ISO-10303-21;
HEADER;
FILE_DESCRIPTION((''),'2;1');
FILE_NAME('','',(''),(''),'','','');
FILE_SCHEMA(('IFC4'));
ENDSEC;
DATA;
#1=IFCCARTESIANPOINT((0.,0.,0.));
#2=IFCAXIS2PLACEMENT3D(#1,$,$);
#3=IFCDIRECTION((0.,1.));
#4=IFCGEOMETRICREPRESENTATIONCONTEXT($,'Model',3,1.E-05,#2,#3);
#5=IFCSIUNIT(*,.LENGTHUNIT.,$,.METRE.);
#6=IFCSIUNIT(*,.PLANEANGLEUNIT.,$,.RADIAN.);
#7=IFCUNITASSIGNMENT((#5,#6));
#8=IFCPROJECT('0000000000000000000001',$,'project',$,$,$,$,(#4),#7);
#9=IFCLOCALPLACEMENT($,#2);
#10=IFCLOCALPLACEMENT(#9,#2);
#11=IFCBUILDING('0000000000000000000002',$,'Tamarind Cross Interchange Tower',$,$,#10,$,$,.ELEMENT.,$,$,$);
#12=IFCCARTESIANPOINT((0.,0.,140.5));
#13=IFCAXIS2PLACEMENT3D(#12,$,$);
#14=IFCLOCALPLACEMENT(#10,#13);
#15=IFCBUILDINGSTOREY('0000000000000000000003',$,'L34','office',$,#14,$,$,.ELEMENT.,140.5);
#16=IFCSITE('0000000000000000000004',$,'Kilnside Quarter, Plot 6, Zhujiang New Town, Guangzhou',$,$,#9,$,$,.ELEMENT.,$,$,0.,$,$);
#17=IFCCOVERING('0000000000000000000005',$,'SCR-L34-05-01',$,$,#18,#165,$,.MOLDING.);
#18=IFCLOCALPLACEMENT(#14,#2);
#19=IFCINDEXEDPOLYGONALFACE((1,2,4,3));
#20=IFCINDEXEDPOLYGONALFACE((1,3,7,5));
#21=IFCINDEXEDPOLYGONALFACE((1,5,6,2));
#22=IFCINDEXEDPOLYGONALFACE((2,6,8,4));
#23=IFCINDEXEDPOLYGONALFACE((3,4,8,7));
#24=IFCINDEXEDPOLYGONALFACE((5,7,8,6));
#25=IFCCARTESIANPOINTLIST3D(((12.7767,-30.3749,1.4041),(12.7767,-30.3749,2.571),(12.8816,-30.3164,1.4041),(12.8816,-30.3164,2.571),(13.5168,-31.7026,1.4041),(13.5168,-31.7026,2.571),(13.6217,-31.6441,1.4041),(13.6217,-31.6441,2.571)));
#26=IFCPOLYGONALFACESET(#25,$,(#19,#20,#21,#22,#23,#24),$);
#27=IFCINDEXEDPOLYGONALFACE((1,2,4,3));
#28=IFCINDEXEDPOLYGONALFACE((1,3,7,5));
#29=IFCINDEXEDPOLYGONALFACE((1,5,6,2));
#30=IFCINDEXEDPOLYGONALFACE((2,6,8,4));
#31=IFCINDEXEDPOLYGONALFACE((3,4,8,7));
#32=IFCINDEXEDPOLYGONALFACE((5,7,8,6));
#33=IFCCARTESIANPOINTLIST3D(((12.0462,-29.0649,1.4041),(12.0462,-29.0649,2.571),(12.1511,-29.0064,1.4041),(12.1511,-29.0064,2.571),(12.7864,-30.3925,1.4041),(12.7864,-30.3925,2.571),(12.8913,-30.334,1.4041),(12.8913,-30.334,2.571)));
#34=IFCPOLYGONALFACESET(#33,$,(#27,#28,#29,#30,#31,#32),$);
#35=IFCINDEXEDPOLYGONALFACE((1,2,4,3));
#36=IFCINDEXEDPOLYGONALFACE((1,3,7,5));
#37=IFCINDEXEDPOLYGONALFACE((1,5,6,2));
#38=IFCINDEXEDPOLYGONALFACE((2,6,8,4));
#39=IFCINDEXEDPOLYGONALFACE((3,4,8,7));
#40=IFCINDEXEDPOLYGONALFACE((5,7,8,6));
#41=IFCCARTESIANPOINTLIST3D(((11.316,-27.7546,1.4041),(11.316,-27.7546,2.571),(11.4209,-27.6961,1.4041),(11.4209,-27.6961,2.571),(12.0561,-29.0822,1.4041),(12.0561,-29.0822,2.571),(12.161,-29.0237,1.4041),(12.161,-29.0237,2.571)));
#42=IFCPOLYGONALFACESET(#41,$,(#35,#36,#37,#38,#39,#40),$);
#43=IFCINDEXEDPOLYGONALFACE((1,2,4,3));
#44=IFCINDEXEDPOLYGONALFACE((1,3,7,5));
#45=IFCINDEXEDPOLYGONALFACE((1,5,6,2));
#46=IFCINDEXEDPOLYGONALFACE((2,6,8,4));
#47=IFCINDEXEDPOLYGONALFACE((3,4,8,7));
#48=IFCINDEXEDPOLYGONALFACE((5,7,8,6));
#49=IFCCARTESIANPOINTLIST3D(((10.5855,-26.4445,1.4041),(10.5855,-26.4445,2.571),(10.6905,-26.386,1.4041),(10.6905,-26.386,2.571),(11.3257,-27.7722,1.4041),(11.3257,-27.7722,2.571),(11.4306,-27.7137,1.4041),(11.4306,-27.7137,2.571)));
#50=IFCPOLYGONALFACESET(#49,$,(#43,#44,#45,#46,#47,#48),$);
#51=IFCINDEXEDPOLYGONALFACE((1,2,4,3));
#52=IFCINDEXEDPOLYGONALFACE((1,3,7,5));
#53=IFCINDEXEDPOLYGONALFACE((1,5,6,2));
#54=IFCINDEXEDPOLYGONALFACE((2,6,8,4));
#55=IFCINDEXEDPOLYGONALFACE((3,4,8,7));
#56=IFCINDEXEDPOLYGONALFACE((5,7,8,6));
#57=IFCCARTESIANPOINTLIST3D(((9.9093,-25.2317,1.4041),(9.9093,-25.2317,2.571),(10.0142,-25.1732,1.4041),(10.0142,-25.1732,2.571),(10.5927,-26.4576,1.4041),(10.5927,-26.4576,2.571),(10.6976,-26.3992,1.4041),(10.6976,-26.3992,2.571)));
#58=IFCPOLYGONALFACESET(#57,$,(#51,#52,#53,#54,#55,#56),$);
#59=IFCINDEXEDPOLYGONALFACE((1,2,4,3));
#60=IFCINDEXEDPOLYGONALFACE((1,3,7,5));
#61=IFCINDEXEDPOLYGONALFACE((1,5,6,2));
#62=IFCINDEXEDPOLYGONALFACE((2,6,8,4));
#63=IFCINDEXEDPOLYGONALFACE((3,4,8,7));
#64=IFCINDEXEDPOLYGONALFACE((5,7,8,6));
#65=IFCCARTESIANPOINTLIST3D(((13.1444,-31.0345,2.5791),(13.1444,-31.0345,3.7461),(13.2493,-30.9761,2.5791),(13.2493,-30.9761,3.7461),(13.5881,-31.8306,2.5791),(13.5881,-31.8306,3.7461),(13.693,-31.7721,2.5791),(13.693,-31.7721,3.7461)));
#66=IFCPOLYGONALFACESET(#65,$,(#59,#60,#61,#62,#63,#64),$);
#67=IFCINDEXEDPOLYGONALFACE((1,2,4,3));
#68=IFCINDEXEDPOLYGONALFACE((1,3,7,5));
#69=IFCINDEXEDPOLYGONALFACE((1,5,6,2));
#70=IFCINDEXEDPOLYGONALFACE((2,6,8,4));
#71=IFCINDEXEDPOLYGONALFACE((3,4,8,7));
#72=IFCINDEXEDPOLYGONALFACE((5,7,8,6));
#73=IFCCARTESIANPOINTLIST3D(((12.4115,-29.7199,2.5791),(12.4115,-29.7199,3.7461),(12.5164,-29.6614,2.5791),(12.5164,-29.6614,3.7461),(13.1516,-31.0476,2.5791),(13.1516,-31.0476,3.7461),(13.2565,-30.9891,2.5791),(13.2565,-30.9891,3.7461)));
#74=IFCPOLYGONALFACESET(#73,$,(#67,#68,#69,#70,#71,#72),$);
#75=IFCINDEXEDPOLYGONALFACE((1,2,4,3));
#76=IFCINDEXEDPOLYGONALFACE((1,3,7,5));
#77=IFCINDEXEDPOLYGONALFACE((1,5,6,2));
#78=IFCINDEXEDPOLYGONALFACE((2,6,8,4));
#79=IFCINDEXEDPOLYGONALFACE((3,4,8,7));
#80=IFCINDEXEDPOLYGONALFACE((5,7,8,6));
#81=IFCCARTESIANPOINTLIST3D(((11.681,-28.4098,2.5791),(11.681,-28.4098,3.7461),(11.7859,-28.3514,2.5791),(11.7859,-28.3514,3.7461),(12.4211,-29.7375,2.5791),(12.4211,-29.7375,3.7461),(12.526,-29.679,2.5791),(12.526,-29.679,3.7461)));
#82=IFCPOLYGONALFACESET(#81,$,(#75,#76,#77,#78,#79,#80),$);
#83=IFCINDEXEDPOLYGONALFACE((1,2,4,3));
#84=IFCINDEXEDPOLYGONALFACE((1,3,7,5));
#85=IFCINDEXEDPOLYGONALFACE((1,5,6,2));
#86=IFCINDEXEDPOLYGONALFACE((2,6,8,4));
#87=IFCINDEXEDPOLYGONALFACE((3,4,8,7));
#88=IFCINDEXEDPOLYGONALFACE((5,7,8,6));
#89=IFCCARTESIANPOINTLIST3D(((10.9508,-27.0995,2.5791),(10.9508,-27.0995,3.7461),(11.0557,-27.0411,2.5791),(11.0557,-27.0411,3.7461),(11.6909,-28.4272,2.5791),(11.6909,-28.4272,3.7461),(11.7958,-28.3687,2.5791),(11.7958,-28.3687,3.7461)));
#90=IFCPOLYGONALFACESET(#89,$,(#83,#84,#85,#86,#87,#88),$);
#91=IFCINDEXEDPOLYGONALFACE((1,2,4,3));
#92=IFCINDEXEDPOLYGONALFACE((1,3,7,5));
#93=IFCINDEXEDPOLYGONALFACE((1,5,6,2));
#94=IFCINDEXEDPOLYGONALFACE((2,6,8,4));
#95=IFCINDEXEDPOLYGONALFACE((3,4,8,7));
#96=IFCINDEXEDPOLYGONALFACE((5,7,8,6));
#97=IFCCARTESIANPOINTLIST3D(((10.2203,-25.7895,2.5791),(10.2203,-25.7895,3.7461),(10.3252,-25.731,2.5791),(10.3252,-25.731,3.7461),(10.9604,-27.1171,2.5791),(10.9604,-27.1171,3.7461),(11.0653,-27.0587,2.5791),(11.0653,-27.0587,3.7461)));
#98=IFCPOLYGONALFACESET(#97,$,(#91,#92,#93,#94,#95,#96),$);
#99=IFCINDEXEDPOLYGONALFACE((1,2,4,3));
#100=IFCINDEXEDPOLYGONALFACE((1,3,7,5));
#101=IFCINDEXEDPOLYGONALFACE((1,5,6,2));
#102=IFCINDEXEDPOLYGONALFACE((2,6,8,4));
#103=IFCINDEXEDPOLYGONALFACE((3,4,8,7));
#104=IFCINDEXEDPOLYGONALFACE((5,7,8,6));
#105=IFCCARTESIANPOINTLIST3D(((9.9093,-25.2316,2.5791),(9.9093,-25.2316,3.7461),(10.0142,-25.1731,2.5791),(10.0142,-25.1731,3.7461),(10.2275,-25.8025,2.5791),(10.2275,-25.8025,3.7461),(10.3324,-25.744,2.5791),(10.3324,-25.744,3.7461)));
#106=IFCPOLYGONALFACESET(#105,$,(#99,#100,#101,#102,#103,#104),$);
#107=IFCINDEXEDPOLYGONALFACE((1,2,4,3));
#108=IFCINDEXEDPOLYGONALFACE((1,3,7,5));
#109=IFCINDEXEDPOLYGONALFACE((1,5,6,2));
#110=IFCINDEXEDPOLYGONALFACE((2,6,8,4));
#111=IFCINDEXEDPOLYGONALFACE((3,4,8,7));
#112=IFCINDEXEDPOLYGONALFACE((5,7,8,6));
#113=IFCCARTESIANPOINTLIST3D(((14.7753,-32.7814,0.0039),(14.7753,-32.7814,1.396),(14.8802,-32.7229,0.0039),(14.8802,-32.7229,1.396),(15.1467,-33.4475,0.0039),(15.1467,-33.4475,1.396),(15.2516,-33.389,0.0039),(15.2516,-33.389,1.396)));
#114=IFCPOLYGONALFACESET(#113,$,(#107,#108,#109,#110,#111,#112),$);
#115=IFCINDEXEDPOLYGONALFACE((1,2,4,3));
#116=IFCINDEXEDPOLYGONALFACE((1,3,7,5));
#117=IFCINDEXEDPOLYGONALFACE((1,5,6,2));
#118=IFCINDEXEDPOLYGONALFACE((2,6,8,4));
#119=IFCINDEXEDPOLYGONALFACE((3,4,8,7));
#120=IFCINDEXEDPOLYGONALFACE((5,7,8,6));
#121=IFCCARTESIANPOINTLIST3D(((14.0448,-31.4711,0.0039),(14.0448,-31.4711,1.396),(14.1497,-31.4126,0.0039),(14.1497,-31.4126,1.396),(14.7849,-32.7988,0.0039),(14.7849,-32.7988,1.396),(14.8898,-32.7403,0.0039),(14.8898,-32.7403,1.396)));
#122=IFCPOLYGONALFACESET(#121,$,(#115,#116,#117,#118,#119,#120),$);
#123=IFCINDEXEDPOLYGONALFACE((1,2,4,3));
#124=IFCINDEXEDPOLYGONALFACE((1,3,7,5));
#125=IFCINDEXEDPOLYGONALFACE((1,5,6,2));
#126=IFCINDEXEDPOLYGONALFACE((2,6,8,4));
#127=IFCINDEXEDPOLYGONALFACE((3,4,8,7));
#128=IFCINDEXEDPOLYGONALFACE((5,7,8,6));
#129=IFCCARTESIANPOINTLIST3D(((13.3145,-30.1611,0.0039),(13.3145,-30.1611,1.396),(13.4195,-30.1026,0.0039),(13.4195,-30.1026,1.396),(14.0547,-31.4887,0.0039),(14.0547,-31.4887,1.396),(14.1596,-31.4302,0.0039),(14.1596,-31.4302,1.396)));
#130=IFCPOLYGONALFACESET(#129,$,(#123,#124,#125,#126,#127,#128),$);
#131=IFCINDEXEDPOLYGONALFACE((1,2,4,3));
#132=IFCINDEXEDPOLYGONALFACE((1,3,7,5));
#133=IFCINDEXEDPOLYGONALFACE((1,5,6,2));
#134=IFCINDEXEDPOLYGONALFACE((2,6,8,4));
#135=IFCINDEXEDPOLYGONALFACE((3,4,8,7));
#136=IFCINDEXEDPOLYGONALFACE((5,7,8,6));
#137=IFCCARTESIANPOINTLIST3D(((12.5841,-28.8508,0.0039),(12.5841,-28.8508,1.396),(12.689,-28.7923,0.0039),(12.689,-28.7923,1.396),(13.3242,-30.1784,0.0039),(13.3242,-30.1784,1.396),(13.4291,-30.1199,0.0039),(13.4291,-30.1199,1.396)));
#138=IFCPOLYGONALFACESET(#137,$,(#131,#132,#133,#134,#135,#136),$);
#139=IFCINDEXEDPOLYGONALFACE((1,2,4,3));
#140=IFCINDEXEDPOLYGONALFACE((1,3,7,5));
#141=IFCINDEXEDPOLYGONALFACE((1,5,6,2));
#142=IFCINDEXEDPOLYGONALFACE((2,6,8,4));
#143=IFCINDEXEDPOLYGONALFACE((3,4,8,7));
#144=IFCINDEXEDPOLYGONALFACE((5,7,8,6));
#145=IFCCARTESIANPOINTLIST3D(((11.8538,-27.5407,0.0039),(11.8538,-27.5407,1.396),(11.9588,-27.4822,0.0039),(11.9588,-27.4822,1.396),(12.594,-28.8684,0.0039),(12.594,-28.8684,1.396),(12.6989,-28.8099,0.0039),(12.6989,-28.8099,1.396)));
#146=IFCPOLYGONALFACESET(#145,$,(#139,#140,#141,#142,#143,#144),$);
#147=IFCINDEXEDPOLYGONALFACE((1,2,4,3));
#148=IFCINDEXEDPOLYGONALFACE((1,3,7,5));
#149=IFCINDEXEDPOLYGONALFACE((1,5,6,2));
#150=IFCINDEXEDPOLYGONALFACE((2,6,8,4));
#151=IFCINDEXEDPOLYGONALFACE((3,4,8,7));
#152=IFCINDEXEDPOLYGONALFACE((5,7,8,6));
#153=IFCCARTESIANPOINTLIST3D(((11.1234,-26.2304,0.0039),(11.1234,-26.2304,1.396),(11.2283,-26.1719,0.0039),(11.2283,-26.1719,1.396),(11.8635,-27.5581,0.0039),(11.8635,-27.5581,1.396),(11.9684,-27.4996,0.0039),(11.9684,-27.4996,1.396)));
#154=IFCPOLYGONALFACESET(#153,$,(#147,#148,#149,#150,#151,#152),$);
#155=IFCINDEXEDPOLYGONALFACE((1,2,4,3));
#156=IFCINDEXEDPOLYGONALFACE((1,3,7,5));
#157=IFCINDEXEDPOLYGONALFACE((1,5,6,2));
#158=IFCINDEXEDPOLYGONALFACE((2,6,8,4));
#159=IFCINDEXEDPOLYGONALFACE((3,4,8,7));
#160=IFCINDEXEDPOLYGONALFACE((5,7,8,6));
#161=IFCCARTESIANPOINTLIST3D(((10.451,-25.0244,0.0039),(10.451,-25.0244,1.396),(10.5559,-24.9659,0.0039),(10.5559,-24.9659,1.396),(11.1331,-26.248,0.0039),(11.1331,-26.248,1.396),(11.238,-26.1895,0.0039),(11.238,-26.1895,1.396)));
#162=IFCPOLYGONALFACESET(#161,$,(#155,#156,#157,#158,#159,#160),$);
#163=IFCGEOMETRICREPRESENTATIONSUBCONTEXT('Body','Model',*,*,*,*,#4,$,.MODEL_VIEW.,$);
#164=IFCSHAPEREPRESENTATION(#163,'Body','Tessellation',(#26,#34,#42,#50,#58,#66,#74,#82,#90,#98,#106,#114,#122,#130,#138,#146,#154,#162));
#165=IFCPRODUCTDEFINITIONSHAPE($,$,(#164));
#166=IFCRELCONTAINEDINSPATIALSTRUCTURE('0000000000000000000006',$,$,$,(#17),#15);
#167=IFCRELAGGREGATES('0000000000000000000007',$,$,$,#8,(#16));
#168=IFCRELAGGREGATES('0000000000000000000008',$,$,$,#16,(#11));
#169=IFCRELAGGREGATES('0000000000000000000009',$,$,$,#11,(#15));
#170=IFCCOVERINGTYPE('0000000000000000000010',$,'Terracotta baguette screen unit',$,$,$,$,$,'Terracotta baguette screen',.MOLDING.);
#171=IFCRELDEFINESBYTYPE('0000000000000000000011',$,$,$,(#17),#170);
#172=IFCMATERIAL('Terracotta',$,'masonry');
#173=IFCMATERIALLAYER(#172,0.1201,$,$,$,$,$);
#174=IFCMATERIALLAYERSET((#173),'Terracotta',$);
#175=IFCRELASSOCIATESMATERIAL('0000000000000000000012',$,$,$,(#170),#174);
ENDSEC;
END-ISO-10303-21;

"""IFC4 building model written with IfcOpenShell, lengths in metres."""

from ifc_helpers import new_model, si_unit, direction, frame, origin, origin_2d, place, context, subcontext, project, spatial, rectangle, extrude, material, layer, layer_set, type_object, element, save


model = new_model("IFC4")

# Units and contexts
model_context = context("Model", 3, precision=1e-05, world=origin(), true_north=direction((0.0, 1.0)))
body_context = subcontext(model_context, "Body", "Model", "MODEL_VIEW")
ifc_project = project(units=[si_unit("LENGTHUNIT", "METRE"), si_unit("PLANEANGLEUNIT", "RADIAN")], contexts=[model_context])

# Site, building, storey
site_placement = place(None, origin())
site = spatial("IfcSite", under=ifc_project, at=site_placement, Name="Kilnside Quarter, Plot 6, Zhujiang New Town, Guangzhou", CompositionType="ELEMENT", RefElevation=0.0)
building_placement = place(site_placement, origin())
building = spatial("IfcBuilding", under=site, at=building_placement, Name="Tamarind Cross Interchange Tower", CompositionType="ELEMENT")
storey_placement = place(building_placement, frame((0.0, 0.0, 140.5)))
storey = spatial("IfcBuildingStorey", under=building, at=storey_placement, Name="L34", Description="office", CompositionType="ELEMENT", Elevation=140.5)

# Covering
ifc_material_1 = material(Name="Terracotta", Category="masonry")
ifc_layer_1 = layer(ifc_material_1, 0.1201)
ifc_layer_set_1 = layer_set([ifc_layer_1], Name="Terracotta")
covering_type = type_object("IfcCoveringType", Name="Terracotta baguette screen unit", ElementType="Terracotta baguette screen", PredefinedType="MOLDING", material=ifc_layer_set_1)
covering_1_placement = place(storey_placement, origin())
element("IfcCovering", 1, at=covering_1_placement, inside=storey, type_object=covering_type, Name="SCR-L34-05-01", PredefinedType="MOLDING", context=body_context, shape_type="SweptSolid", body=[
    extrude(rectangle(XDim=1.52, YDim=0.1201, at=origin_2d()), frame((13.1992, -31.0095, 1.4041), z_axis=(0.0, 0.0, 1.0), x_axis=(-0.486915, 0.87345, 0.0)), (0.0, 0.0, 1.0), 1.167),
    extrude(rectangle(XDim=1.52, YDim=0.1201, at=origin_2d()), frame((12.4688, -29.6995, 1.4041), z_axis=(0.0, 0.0, 1.0), x_axis=(-0.486915, 0.87345, 0.0)), (0.0, 0.0, 1.0), 1.167),
    extrude(rectangle(XDim=1.52, YDim=0.1201, at=origin_2d()), frame((11.7385, -28.3892, 1.4041), z_axis=(0.0, 0.0, 1.0), x_axis=(-0.486915, 0.87345, 0.0)), (0.0, 0.0, 1.0), 1.167),
    extrude(rectangle(XDim=1.52, YDim=0.1201, at=origin_2d()), frame((11.0081, -27.0791, 1.4041), z_axis=(0.0, 0.0, 1.0), x_axis=(-0.486915, 0.87345, 0.0)), (0.0, 0.0, 1.0), 1.167),
    extrude(rectangle(XDim=1.4036, YDim=0.1201, at=origin_2d()), frame((10.3035, -25.8154, 1.4041), z_axis=(0.0, 0.0, 1.0), x_axis=(-0.486915, 0.87345, 0.0)), (0.0, 0.0, 1.0), 1.167),
    extrude(rectangle(XDim=0.9114, YDim=0.1201, at=origin_2d()), frame((13.4187, -31.4033, 2.5791), z_axis=(0.0, 0.0, 1.0), x_axis=(-0.486915, 0.87345, 0.0)), (0.0, 0.0, 1.0), 1.167),
    extrude(rectangle(XDim=1.52, YDim=0.1201, at=origin_2d()), frame((12.834, -30.3545, 2.5791), z_axis=(0.0, 0.0, 1.0), x_axis=(-0.486915, 0.87345, 0.0)), (0.0, 0.0, 1.0), 1.167),
    extrude(rectangle(XDim=1.52, YDim=0.1201, at=origin_2d()), frame((12.1035, -29.0444, 2.5791), z_axis=(0.0, 0.0, 1.0), x_axis=(-0.486915, 0.87345, 0.0)), (0.0, 0.0, 1.0), 1.167),
    extrude(rectangle(XDim=1.52, YDim=0.1201, at=origin_2d()), frame((11.3733, -27.7341, 2.5791), z_axis=(0.0, 0.0, 1.0), x_axis=(-0.486915, 0.87345, 0.0)), (0.0, 0.0, 1.0), 1.167),
    extrude(rectangle(XDim=1.52, YDim=0.1201, at=origin_2d()), frame((10.6428, -26.4241, 2.5791), z_axis=(0.0, 0.0, 1.0), x_axis=(-0.486915, 0.87345, 0.0)), (0.0, 0.0, 1.0), 1.167),
    extrude(rectangle(XDim=0.6536, YDim=0.1201, at=origin_2d()), frame((10.1208, -25.4878, 2.5791), z_axis=(0.0, 0.0, 1.0), x_axis=(-0.486915, 0.87345, 0.0)), (0.0, 0.0, 1.0), 1.167),
    extrude(rectangle(XDim=0.7627, YDim=0.1201, at=origin_2d()), frame((15.0134, -33.0852, 0.0039), z_axis=(0.0, 0.0, 1.0), x_axis=(-0.486915, 0.87345, 0.0)), (0.0, 0.0, 1.0), 1.3921),
    extrude(rectangle(XDim=1.52, YDim=0.1201, at=origin_2d()), frame((14.4673, -32.1057, 0.0039), z_axis=(0.0, 0.0, 1.0), x_axis=(-0.486915, 0.87345, 0.0)), (0.0, 0.0, 1.0), 1.3921),
    extrude(rectangle(XDim=1.52, YDim=0.1201, at=origin_2d()), frame((13.7371, -30.7957, 0.0039), z_axis=(0.0, 0.0, 1.0), x_axis=(-0.486915, 0.87345, 0.0)), (0.0, 0.0, 1.0), 1.3921),
    extrude(rectangle(XDim=1.52, YDim=0.1201, at=origin_2d()), frame((13.0066, -29.4854, 0.0039), z_axis=(0.0, 0.0, 1.0), x_axis=(-0.486915, 0.87345, 0.0)), (0.0, 0.0, 1.0), 1.3921),
    extrude(rectangle(XDim=1.52, YDim=0.1201, at=origin_2d()), frame((12.2764, -28.1753, 0.0039), z_axis=(0.0, 0.0, 1.0), x_axis=(-0.486915, 0.87345, 0.0)), (0.0, 0.0, 1.0), 1.3921),
    extrude(rectangle(XDim=1.52, YDim=0.1201, at=origin_2d()), frame((11.5459, -26.865, 0.0039), z_axis=(0.0, 0.0, 1.0), x_axis=(-0.486915, 0.87345, 0.0)), (0.0, 0.0, 1.0), 1.3921),
    extrude(rectangle(XDim=1.4009, YDim=0.1201, at=origin_2d()), frame((10.8445, -25.6069, 0.0039), z_axis=(0.0, 0.0, 1.0), x_axis=(-0.486915, 0.87345, 0.0)), (0.0, 0.0, 1.0), 1.3921),
])

save(model, "model.ifc")
